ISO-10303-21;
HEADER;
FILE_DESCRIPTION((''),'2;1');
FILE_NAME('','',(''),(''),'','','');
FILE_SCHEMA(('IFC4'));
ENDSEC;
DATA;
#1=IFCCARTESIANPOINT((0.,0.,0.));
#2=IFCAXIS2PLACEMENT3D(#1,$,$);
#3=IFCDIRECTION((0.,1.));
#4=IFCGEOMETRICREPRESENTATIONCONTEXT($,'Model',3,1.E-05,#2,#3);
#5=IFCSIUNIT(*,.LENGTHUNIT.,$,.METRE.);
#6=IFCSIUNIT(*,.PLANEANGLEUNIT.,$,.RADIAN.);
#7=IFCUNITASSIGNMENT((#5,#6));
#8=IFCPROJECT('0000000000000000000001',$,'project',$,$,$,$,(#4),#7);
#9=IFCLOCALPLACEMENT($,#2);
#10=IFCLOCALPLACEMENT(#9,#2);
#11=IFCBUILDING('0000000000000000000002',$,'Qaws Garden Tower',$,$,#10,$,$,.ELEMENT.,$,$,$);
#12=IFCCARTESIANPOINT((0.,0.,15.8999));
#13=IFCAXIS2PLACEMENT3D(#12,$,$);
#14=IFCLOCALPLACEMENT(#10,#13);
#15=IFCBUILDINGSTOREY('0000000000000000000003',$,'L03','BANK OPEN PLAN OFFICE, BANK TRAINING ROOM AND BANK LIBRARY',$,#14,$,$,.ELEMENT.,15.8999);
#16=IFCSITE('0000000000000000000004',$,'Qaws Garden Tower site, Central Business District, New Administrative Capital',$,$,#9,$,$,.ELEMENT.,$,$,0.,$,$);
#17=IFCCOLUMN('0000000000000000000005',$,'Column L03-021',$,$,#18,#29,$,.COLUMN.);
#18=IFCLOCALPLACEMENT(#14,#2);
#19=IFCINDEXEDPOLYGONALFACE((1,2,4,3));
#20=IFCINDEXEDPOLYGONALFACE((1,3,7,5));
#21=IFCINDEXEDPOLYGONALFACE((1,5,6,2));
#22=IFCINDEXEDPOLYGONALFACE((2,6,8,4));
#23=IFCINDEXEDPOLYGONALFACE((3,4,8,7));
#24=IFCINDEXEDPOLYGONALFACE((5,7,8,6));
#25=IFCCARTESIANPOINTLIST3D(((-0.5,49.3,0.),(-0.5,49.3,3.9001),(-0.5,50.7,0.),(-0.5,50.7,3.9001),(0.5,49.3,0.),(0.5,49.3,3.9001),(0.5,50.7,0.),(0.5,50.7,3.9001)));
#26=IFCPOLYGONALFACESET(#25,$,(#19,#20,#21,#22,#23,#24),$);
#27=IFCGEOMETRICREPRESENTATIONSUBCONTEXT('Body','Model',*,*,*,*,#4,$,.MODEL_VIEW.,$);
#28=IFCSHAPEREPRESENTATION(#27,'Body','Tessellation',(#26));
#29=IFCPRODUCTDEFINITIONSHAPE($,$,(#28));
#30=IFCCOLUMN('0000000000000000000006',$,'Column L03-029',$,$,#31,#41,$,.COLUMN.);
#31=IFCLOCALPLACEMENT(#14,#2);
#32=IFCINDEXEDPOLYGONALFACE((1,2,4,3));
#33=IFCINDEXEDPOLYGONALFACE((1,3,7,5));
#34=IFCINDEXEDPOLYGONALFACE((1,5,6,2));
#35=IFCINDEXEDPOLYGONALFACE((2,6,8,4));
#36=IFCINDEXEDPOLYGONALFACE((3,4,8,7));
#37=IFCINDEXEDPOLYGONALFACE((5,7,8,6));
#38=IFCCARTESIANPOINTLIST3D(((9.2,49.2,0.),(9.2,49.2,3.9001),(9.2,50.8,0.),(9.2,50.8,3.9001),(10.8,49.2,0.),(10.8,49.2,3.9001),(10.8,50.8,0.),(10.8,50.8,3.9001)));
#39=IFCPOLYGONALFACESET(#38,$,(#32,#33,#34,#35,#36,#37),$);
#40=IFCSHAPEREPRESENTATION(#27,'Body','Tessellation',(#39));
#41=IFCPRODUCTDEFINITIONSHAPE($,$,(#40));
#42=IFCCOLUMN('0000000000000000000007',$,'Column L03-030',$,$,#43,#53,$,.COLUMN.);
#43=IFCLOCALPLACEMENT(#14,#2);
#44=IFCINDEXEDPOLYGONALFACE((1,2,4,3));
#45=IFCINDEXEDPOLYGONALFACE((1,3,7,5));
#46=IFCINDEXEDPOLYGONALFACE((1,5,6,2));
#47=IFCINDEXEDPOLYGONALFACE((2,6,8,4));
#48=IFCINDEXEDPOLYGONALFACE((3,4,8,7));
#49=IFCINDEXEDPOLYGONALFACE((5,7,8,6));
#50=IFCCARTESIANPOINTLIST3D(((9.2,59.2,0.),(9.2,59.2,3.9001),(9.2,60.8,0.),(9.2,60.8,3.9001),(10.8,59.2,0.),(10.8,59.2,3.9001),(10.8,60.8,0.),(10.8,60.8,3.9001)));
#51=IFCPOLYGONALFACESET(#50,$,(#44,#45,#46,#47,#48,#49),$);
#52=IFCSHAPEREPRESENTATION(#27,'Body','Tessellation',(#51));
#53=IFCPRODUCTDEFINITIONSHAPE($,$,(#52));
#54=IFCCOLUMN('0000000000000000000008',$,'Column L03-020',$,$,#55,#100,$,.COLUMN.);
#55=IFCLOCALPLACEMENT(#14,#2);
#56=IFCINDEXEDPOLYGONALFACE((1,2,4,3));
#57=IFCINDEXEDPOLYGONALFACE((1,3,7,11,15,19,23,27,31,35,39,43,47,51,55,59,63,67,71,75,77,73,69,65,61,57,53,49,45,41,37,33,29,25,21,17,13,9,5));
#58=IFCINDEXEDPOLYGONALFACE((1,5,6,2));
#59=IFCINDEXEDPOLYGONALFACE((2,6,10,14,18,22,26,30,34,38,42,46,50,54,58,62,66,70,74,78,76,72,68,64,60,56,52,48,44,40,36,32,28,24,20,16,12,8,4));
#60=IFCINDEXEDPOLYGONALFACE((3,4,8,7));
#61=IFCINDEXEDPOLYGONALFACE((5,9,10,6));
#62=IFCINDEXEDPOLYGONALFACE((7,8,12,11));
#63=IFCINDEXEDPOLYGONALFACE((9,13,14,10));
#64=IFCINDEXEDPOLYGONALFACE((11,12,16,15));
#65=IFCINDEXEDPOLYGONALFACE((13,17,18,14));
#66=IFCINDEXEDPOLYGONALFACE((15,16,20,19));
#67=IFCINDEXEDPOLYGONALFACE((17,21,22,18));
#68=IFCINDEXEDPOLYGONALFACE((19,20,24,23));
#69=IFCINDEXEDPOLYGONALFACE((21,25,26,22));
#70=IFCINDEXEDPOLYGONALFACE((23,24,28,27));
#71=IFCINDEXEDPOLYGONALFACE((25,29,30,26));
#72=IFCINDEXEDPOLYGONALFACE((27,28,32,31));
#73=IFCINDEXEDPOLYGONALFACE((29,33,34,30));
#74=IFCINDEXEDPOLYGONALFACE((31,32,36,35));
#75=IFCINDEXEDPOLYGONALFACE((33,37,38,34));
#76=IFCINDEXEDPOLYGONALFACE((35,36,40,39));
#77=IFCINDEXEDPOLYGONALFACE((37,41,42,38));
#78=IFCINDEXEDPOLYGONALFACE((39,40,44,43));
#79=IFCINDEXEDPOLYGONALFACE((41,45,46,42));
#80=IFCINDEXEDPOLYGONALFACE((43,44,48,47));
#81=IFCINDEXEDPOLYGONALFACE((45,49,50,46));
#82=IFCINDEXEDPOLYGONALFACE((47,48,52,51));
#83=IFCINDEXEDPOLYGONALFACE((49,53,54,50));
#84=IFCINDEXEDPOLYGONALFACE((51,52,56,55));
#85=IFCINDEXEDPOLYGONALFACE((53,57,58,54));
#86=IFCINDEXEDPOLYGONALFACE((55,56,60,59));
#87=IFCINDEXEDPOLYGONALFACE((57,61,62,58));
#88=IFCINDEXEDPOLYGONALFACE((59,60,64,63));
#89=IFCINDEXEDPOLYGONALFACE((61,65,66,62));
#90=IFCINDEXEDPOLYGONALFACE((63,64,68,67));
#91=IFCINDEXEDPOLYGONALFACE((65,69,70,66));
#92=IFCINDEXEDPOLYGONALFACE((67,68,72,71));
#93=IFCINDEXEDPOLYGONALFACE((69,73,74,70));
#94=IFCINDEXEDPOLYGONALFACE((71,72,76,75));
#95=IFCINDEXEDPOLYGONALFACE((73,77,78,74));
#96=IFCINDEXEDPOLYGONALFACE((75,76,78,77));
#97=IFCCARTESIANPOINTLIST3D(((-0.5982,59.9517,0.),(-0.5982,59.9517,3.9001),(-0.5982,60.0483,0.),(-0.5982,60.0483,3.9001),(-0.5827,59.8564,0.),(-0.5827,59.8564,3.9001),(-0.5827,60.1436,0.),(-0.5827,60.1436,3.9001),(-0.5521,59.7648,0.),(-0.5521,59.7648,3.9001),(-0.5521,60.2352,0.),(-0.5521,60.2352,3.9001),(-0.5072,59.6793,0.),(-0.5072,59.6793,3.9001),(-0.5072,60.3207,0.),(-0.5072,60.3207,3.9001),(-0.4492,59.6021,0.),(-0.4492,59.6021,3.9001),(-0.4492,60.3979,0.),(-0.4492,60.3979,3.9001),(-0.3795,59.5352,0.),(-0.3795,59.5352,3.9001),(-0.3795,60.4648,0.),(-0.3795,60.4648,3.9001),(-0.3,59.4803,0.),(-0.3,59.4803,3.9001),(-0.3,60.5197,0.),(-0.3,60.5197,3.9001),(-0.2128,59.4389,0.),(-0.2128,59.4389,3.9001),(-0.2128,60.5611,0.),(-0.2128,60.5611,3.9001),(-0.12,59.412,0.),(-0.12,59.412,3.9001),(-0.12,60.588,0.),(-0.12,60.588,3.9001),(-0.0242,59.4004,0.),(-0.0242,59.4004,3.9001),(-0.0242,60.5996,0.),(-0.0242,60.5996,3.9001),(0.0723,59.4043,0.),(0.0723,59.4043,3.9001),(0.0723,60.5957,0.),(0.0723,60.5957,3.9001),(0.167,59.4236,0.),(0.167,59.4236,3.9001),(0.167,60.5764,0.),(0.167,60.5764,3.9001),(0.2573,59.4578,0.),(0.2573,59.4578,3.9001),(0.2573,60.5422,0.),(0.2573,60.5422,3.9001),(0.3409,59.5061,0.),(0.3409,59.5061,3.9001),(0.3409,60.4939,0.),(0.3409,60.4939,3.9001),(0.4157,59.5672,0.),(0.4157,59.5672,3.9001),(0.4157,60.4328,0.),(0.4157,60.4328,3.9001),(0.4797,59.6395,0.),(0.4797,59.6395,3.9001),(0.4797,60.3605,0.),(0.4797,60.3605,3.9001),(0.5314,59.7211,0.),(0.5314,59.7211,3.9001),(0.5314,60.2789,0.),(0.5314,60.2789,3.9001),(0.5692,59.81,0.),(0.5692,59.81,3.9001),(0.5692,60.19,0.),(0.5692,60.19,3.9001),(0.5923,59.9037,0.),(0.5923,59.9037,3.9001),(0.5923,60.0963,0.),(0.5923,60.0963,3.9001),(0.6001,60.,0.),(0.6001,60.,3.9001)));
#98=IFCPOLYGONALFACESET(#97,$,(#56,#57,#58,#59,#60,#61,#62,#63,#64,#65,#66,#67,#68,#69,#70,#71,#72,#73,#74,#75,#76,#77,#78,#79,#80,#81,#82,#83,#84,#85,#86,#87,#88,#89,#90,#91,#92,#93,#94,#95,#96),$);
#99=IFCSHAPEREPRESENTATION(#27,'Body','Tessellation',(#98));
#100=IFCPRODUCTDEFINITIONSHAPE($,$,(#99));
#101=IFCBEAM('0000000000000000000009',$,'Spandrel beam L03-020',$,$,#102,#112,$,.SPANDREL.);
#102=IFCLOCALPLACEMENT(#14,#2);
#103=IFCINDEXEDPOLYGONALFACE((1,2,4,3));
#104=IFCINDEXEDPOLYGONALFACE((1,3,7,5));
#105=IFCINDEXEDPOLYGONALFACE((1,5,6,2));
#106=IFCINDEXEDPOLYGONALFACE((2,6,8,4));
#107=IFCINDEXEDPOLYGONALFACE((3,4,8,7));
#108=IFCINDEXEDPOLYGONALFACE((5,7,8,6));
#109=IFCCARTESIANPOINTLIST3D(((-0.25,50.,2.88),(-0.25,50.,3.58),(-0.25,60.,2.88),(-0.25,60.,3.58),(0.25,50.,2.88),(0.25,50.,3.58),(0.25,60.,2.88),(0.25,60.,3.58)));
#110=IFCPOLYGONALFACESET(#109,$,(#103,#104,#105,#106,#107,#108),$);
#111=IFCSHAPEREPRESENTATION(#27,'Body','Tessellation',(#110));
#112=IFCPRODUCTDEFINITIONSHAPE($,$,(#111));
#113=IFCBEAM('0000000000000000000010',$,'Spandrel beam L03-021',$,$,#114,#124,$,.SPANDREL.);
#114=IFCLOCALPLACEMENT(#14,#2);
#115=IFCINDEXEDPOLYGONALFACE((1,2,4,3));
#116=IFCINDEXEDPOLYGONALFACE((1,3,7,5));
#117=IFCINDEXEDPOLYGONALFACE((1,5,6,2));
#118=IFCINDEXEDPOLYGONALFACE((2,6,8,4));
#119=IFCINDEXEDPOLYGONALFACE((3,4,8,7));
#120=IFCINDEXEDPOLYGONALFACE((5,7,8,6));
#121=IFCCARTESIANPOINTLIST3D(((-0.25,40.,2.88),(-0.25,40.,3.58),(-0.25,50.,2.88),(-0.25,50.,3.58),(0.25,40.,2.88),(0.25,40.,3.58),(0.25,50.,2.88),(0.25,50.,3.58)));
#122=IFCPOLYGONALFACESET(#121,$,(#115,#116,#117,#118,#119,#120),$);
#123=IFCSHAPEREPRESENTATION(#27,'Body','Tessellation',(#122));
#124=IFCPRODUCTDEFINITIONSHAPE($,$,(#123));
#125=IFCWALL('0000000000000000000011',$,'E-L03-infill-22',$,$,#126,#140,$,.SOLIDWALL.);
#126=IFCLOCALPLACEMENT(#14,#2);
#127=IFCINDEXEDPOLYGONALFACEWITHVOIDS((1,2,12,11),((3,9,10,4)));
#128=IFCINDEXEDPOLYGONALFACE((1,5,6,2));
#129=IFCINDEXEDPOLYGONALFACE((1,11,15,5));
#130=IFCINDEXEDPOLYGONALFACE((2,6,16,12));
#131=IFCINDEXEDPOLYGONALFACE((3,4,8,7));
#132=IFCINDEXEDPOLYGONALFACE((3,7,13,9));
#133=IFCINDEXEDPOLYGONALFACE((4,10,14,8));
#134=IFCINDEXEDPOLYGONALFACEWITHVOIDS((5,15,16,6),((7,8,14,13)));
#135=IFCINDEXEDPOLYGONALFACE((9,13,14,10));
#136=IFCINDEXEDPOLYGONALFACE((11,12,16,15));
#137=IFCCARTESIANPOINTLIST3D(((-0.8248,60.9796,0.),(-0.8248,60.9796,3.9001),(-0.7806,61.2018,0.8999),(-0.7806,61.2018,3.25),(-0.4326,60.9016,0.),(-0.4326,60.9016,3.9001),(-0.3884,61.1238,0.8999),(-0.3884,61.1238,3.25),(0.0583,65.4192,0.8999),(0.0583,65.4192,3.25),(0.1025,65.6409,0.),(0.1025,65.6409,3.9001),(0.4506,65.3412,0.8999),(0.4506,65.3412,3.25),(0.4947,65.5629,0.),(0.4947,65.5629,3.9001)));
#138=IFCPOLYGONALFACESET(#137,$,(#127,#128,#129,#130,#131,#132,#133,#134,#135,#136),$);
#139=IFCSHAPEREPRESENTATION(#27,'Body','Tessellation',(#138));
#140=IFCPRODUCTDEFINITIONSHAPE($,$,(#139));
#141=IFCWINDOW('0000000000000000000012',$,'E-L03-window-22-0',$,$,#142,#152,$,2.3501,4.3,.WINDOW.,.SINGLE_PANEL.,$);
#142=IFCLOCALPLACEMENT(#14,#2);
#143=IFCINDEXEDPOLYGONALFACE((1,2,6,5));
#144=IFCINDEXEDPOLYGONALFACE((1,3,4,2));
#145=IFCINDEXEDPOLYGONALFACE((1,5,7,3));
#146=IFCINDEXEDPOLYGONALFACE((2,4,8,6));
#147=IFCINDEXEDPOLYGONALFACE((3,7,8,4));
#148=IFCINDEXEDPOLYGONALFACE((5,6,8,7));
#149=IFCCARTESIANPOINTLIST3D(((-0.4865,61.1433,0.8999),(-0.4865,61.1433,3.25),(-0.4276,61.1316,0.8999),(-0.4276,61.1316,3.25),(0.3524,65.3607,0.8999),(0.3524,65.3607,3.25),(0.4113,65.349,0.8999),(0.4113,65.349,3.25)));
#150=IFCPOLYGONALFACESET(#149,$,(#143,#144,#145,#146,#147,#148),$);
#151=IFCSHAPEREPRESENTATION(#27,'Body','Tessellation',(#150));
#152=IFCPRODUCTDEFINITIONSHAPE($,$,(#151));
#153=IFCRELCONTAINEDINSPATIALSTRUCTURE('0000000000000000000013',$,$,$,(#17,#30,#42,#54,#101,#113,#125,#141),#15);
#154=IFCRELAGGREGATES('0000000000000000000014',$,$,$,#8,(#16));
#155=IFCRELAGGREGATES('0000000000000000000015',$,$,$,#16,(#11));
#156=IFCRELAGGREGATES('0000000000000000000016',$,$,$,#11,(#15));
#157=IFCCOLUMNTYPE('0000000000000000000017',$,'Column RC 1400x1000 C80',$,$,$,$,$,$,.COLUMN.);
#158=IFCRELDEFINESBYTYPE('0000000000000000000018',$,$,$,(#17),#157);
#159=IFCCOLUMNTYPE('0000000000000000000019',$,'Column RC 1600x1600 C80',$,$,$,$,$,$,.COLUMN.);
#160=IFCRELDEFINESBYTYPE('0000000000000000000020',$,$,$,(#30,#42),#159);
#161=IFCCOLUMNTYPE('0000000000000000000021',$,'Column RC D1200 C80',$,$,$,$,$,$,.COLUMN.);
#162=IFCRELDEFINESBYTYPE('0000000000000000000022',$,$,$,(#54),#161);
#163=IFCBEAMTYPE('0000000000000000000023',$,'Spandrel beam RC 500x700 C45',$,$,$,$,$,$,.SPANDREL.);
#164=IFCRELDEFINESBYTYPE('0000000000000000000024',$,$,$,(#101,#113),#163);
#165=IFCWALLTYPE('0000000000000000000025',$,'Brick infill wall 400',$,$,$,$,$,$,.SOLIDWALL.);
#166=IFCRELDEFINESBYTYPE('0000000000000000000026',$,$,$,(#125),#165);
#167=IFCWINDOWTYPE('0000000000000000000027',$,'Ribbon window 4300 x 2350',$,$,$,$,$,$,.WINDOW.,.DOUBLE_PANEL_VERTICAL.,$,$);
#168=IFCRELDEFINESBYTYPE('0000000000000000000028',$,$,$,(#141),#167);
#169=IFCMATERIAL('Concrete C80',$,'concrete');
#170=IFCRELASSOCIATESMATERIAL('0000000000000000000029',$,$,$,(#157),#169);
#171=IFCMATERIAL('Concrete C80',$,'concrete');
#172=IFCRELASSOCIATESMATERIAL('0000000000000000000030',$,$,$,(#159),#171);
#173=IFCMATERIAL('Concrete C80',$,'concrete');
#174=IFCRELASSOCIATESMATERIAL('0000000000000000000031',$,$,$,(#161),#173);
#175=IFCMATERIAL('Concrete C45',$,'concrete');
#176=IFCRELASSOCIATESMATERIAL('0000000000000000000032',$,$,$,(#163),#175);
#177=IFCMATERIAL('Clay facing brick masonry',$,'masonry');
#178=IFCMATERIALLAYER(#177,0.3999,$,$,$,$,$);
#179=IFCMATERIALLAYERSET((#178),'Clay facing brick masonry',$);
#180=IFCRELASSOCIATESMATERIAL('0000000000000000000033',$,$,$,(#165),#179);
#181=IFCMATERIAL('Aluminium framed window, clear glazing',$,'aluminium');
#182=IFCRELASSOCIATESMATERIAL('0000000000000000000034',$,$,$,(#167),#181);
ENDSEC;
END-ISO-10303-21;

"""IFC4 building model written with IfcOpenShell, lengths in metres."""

from ifc_helpers import new_model, si_unit, direction, frame, frame_2d, origin, origin_2d, place, context, subcontext, project, spatial, rectangle, circle, extrude, material, layer, layer_set, material_profile, profile_set, type_object, element, fill, save


model = new_model("IFC4")

# Units and contexts
model_context = context("Model", 3, precision=1e-05, world=origin(), true_north=direction((0.0, 1.0)))
body_context = subcontext(model_context, "Body", "Model", "MODEL_VIEW")
ifc_project = project(units=[si_unit("LENGTHUNIT", "METRE"), si_unit("PLANEANGLEUNIT", "RADIAN")], contexts=[model_context])

# Site, building, storey
site_placement = place(None, origin())
site = spatial("IfcSite", under=ifc_project, at=site_placement, Name="Qaws Garden Tower site, Central Business District, New Administrative Capital", CompositionType="ELEMENT", RefElevation=0.0)
building_placement = place(site_placement, origin())
building = spatial("IfcBuilding", under=site, at=building_placement, Name="Qaws Garden Tower", CompositionType="ELEMENT")
storey_placement = place(building_placement, frame((0.0, 0.0, 15.8999)))
storey = spatial("IfcBuildingStorey", under=building, at=storey_placement, Name="L03", Description="BANK OPEN PLAN OFFICE, BANK TRAINING ROOM AND BANK LIBRARY", CompositionType="ELEMENT", Elevation=15.8999)

# Columns
ifc_material_1 = material(Name="Concrete C80", Category="concrete")
ifc_material_profile_1 = material_profile(ifc_material_1, rectangle(XDim=1.3999, YDim=1.0, at=origin_2d()), Name="RC 1400x1000")
ifc_profile_set_1 = profile_set([ifc_material_profile_1], Name="Concrete C80")
column_type_1 = type_object("IfcColumnType", Name="Column RC 1400x1000 C80", PredefinedType="COLUMN", material=ifc_profile_set_1)
column_1_placement = place(storey_placement, frame((0.0, 50.0, 0.0), z_axis=(0.0, 0.0, 1.0), x_axis=(0.0, 1.0, 0.0)))
element("IfcColumn", 1, at=column_1_placement, inside=storey, type_object=column_type_1, Name="Column L03-021", PredefinedType="COLUMN", context=body_context, shape_type="SweptSolid", body=[
    extrude(rectangle(XDim=1.3999, YDim=1.0, at=origin_2d()), origin(), (0.0, 0.0, 1.0), 3.9001),
])
ifc_material_2 = material(Name="Concrete C80", Category="concrete")
ifc_material_profile_2 = material_profile(ifc_material_2, rectangle(XDim=1.6001, YDim=1.6001, at=origin_2d()), Name="RC 1600x1600")
ifc_profile_set_2 = profile_set([ifc_material_profile_2], Name="Concrete C80")
column_type_2 = type_object("IfcColumnType", Name="Column RC 1600x1600 C80", PredefinedType="COLUMN", material=ifc_profile_set_2)
for number, where, z_axis, x_axis, name in (
    (2, (10.0, 50.0, 0.0), (0.0, 0.0, 1.0), (1.0, 0.0, 0.0), "Column L03-029"),
    (3, (10.0, 60.0, 0.0), (0.0, 0.0, 1.0), (1.0, 0.0, 0.0), "Column L03-030"),
):
    element("IfcColumn", number, at=place(storey_placement, frame(where, z_axis=z_axis, x_axis=x_axis)), inside=storey, type_object=column_type_2, Name=name, PredefinedType="COLUMN", context=body_context, shape_type="SweptSolid", body=[
        extrude(rectangle(XDim=1.6001, YDim=1.6001, at=origin_2d()), origin(), (0.0, 0.0, 1.0), 3.9001),
    ])
ifc_material_3 = material(Name="Concrete C80", Category="concrete")
ifc_material_profile_3 = material_profile(ifc_material_3, circle(Radius=0.6001, at=origin_2d()), Name="RC D1200")
ifc_profile_set_3 = profile_set([ifc_material_profile_3], Name="Concrete C80")
column_type_3 = type_object("IfcColumnType", Name="Column RC D1200 C80", PredefinedType="COLUMN", material=ifc_profile_set_3)
column_2_placement = place(storey_placement, frame((0.0, 60.0, 0.0), z_axis=(0.0, 0.0, 1.0), x_axis=(1.0, 0.0, 0.0)))
element("IfcColumn", 4, at=column_2_placement, inside=storey, type_object=column_type_3, Name="Column L03-020", PredefinedType="COLUMN", context=body_context, shape_type="SweptSolid", body=[
    extrude(circle(Radius=0.6001, at=origin_2d()), origin(), (0.0, 0.0, 1.0), 3.9001),
])

# Beams
ifc_material_4 = material(Name="Concrete C45", Category="concrete")
ifc_material_profile_4 = material_profile(ifc_material_4, rectangle(XDim=0.5, YDim=0.7, at=origin_2d()), Name="RC 500x700")
ifc_profile_set_4 = profile_set([ifc_material_profile_4], Name="Concrete C45")
beam_type = type_object("IfcBeamType", Name="Spandrel beam RC 500x700 C45", PredefinedType="SPANDREL", material=ifc_profile_set_4)
for number, where, z_axis, x_axis, name in (
    (5, (0.0, 60.0, 3.23), (0.0, -1.0, 0.0), (1.0, 0.0, 0.0), "Spandrel beam L03-020"),
    (6, (0.0, 50.0, 3.23), (0.0, -1.0, 0.0), (1.0, 0.0, 0.0), "Spandrel beam L03-021"),
):
    element("IfcBeam", number, at=place(storey_placement, frame(where, z_axis=z_axis, x_axis=x_axis)), inside=storey, type_object=beam_type, Name=name, PredefinedType="SPANDREL", context=body_context, shape_type="SweptSolid", body=[
        extrude(rectangle(XDim=0.5, YDim=0.7, at=origin_2d()), origin(), (0.0, 0.0, 1.0), 10.0),
    ])

# Wall, opening, window
ifc_material_5 = material(Name="Clay facing brick masonry", Category="masonry")
ifc_layer_1 = layer(ifc_material_5, 0.3999)
ifc_layer_set_1 = layer_set([ifc_layer_1], Name="Clay facing brick masonry")
wall_type_1 = type_object("IfcWallType", Name="Brick infill wall 400", PredefinedType="SOLIDWALL", material=ifc_layer_set_1)
wall_1_placement = place(storey_placement, frame((0.2986, 65.6021, 0.0), z_axis=(0.0, 0.0, 1.0), x_axis=(-0.195099, -0.980784, 0.0)))
wall_1 = element("IfcWall", 7, at=wall_1_placement, inside=storey, type_object=wall_type_1, Name="E-L03-infill-22", PredefinedType="SOLIDWALL", context=body_context, shape_type="SweptSolid", body=[
    extrude(rectangle(XDim=4.7527, YDim=0.3999, at=frame_2d((2.3765, 0.0))), origin(), (0.0, 0.0, 1.0), 3.9001),
])
opening_1_placement = place(wall_1_placement, frame((0.2263, 0.0, 0.8999)))
opening_1 = element("IfcOpeningElement", 8, at=opening_1_placement, cuts=wall_1, PredefinedType="OPENING", context=body_context, shape_type="SweptSolid", body=[
    extrude(rectangle(XDim=4.3, YDim=2.3501, at=frame_2d((2.1499, 1.175))), frame((0.0, 0.21, 0.0), z_axis=(0.0, -1.0, 0.0), x_axis=(1.0, 0.0, 0.0)), (0.0, 0.0, 1.0), 0.4199),
])
ifc_material_6 = material(Name="Aluminium framed window, clear glazing", Category="aluminium")
window_type_1 = type_object("IfcWindowType", Name="Ribbon window 4300 x 2350", PartitioningType="DOUBLE_PANEL_VERTICAL", PredefinedType="WINDOW", material=ifc_material_6)
window_1_placement = place(opening_1_placement, origin())
window_1 = element("IfcWindow", 9, at=window_1_placement, inside=storey, type_object=window_type_1, Name="E-L03-window-22-0", OverallHeight=2.3501, OverallWidth=4.3, PartitioningType="SINGLE_PANEL", PredefinedType="WINDOW", context=body_context, shape_type="SweptSolid", body=[
    extrude(rectangle(XDim=4.3, YDim=2.3501, at=frame_2d((2.1499, 1.175))), frame((0.0, 0.1599, 0.0), z_axis=(0.0, -1.0, 0.0), x_axis=(1.0, 0.0, 0.0)), (0.0, 0.0, 1.0), 0.0601),
])
fill(opening_1, window_1)

save(model, "model.ifc")
